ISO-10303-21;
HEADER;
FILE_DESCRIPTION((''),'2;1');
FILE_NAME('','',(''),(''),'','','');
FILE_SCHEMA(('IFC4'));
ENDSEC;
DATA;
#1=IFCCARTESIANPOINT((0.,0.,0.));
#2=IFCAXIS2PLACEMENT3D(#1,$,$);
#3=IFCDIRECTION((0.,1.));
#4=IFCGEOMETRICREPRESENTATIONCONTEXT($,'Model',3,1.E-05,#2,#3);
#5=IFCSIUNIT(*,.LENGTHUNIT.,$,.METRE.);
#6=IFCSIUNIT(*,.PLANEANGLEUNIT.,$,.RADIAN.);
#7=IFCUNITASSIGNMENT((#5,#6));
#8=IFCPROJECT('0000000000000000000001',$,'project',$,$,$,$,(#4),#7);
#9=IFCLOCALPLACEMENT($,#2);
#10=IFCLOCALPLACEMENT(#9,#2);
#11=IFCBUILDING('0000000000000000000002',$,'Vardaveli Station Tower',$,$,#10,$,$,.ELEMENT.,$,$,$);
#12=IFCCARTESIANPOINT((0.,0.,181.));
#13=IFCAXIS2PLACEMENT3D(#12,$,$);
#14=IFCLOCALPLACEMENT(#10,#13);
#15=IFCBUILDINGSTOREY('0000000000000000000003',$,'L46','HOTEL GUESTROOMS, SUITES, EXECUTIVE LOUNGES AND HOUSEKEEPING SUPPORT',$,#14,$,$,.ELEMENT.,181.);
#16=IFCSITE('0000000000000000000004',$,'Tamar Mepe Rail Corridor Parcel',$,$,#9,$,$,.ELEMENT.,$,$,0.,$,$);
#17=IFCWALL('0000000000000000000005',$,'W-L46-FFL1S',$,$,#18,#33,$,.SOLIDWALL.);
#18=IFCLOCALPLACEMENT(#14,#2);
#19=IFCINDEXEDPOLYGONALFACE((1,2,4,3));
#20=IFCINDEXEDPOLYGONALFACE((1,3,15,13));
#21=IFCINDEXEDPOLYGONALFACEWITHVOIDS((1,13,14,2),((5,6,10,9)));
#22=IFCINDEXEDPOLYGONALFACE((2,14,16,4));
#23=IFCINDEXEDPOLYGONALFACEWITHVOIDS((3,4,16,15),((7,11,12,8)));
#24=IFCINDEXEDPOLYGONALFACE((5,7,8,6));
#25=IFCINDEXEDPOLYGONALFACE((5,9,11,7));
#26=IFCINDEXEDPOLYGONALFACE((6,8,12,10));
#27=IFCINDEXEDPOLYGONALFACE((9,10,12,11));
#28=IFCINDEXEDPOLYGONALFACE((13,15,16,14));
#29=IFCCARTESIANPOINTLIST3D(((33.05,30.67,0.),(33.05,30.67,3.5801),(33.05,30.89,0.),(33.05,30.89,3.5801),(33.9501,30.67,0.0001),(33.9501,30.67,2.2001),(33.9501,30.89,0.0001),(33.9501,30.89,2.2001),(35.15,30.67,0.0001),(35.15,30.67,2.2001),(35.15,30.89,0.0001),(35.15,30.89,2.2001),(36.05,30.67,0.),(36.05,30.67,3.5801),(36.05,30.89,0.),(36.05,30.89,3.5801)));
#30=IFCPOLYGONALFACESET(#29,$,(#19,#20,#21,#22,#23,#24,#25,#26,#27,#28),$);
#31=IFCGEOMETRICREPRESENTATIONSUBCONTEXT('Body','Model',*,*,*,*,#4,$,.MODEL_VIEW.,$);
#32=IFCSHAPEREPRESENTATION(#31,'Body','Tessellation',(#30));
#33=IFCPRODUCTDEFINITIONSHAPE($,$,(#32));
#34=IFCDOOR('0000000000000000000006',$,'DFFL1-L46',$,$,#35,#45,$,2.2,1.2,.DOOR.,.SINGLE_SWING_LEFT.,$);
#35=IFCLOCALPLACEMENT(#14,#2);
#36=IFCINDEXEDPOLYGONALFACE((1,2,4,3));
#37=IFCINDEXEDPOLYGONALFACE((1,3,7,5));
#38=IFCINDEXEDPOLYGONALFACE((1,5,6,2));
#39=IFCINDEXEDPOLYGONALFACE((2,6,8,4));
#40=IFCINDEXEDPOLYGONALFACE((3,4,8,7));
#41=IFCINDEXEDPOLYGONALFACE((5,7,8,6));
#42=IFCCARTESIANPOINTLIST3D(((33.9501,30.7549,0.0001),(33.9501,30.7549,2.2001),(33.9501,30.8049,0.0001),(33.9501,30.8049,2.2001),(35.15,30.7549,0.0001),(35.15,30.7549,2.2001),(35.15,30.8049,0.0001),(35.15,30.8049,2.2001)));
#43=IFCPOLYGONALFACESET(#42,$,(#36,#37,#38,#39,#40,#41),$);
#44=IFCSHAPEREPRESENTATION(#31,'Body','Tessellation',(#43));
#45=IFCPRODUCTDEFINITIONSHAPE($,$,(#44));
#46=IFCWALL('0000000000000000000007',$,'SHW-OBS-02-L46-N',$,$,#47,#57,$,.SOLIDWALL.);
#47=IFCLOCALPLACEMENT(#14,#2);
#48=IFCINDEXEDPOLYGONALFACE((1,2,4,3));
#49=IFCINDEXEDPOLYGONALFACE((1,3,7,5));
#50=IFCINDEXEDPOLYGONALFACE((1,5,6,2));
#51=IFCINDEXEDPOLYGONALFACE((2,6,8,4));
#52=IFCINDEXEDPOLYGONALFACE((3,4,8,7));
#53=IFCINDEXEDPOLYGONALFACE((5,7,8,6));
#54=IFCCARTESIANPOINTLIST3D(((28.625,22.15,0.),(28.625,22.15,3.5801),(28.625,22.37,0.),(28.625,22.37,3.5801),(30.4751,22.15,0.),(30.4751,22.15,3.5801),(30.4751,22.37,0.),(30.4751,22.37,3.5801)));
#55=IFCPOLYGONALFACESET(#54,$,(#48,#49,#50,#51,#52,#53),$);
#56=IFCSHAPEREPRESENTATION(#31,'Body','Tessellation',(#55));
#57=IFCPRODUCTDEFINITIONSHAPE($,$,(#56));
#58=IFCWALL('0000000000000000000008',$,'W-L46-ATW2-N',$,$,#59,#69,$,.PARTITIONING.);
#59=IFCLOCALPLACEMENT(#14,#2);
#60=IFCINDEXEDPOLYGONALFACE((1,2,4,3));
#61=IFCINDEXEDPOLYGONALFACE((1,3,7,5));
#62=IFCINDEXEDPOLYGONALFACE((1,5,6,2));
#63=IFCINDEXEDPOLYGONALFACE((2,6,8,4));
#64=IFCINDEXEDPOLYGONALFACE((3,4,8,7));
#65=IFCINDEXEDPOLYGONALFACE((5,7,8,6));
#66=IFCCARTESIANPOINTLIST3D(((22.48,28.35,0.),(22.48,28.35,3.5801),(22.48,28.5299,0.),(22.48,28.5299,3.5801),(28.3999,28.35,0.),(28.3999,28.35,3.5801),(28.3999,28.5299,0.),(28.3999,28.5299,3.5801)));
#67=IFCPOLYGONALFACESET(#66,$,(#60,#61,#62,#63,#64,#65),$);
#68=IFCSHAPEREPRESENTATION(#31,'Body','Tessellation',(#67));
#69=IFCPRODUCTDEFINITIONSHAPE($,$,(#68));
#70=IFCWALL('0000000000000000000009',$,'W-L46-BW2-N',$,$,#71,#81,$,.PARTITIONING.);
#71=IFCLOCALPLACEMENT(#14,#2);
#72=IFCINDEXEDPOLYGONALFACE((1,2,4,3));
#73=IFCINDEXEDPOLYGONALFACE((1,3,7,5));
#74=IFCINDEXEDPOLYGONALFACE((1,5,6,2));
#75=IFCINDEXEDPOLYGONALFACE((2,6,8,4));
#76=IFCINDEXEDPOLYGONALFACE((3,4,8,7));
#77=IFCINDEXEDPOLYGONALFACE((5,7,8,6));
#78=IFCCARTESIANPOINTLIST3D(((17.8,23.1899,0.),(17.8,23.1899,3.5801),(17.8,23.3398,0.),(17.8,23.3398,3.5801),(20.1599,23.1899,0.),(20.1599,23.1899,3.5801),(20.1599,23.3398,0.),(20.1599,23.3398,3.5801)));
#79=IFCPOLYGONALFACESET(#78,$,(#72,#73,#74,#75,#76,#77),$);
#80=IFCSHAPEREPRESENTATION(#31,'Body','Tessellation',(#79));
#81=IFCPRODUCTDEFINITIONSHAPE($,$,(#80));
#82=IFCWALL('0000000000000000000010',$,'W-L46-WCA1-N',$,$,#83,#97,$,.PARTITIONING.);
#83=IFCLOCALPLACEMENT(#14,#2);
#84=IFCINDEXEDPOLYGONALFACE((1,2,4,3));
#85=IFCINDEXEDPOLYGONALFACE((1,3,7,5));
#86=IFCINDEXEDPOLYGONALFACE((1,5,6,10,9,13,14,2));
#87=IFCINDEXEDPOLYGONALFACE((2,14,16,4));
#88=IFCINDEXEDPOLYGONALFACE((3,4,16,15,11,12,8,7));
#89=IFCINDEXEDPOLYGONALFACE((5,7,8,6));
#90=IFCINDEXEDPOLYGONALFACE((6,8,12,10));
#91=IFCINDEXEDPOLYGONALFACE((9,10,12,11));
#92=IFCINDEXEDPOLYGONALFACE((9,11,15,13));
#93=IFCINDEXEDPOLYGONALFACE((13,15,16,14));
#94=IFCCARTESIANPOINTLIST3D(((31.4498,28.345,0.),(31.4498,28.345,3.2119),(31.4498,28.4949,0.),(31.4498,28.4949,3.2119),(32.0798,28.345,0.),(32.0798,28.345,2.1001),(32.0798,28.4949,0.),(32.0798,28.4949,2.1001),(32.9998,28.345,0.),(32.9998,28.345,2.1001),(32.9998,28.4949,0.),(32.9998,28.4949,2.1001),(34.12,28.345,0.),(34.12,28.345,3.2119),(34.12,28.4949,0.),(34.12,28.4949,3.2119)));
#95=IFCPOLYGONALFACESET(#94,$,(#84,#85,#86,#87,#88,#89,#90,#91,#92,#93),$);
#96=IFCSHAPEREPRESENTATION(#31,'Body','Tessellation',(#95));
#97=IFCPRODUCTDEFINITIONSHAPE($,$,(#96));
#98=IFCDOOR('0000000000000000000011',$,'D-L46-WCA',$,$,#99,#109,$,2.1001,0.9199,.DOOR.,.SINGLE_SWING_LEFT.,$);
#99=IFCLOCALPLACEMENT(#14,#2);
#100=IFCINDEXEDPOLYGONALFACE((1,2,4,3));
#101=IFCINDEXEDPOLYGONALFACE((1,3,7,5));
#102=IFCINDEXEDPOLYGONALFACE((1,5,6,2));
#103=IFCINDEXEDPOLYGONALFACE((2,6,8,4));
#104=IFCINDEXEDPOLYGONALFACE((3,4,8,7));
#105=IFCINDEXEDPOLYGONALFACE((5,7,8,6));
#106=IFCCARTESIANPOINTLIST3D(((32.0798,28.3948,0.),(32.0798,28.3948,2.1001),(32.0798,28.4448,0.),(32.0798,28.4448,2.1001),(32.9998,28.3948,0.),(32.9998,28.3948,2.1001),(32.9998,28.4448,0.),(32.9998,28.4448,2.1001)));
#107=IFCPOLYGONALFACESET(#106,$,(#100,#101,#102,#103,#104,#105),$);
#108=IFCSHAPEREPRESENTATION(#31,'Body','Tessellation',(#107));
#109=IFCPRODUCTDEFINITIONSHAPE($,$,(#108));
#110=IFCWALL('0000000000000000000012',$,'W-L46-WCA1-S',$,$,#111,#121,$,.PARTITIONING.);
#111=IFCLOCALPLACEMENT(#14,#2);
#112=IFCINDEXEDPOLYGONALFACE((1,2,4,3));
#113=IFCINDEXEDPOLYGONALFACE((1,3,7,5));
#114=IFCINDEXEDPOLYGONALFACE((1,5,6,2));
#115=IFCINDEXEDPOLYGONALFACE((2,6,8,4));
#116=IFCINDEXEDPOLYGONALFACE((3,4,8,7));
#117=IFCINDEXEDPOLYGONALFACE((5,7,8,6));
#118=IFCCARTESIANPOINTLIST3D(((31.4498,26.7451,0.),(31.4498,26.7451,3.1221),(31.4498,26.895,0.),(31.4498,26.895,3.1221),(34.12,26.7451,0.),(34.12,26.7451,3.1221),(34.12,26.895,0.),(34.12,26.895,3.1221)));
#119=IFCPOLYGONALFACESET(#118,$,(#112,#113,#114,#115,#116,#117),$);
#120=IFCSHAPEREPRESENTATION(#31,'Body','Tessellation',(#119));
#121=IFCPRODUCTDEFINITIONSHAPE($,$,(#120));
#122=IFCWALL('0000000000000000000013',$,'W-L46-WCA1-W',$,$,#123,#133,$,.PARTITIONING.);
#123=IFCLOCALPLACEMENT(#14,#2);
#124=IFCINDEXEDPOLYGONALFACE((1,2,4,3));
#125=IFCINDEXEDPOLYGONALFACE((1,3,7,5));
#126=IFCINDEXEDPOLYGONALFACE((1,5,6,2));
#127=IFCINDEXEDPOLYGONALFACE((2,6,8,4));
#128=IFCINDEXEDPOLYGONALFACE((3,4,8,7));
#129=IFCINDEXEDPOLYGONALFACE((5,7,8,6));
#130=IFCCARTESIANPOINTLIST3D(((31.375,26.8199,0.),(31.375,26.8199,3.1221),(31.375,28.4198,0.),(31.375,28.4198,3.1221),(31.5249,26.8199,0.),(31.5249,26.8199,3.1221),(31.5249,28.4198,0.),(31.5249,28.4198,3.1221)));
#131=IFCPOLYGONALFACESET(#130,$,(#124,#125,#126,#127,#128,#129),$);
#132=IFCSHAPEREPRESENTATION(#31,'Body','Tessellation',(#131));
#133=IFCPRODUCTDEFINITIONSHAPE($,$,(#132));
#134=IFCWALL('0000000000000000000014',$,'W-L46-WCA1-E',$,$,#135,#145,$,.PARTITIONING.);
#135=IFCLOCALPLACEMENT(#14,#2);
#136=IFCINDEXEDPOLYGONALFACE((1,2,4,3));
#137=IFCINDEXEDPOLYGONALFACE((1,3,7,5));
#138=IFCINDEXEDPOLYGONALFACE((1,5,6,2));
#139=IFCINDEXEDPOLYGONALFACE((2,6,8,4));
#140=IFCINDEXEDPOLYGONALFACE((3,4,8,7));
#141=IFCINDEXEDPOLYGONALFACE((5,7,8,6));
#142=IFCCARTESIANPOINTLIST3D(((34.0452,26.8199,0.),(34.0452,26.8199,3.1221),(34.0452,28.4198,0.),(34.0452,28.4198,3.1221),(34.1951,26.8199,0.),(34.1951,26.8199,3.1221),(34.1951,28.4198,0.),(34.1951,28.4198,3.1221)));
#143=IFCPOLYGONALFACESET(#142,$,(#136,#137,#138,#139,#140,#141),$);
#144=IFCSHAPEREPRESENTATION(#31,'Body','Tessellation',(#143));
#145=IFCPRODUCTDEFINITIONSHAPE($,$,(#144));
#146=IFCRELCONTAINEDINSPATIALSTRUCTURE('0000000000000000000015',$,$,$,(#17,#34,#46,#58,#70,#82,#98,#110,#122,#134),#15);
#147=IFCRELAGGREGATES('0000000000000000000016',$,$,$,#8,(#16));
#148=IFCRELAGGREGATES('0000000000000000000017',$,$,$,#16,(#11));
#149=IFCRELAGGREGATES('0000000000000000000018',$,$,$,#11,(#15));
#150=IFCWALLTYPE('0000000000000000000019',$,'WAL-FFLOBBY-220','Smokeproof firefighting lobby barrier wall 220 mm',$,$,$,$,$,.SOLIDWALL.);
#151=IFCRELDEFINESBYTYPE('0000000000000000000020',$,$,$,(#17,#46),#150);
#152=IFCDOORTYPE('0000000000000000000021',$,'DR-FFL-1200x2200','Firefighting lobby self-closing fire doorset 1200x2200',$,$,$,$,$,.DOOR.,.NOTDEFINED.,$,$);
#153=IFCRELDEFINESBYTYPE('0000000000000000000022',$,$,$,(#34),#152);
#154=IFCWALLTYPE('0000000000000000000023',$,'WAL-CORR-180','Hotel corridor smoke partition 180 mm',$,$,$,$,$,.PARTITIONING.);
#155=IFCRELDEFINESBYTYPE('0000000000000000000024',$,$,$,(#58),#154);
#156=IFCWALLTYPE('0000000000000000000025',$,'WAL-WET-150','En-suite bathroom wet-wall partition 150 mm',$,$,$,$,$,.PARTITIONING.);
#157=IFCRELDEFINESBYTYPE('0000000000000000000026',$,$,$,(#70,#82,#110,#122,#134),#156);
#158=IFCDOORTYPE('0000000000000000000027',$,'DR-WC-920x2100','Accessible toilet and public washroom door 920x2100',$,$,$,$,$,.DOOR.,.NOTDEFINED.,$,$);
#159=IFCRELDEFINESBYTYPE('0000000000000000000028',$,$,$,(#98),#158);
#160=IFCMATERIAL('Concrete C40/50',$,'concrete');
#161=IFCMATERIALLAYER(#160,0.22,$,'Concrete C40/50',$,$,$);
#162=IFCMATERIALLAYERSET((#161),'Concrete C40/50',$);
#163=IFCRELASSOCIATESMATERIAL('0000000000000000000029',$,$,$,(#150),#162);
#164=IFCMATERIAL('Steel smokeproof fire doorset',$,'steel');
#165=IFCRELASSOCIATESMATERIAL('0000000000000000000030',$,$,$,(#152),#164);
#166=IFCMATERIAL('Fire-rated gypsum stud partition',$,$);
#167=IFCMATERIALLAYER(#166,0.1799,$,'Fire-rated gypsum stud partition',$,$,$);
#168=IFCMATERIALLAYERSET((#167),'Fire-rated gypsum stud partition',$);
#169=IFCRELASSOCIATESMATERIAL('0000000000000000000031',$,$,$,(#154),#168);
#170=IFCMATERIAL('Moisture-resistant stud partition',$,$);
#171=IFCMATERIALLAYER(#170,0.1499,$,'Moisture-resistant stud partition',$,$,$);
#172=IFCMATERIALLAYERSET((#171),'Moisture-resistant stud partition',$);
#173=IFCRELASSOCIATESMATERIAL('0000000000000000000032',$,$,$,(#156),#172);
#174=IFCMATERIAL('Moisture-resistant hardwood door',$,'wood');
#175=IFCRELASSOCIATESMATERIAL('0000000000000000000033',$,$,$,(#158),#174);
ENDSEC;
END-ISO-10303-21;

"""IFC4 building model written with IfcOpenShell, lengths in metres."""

from ifc_helpers import new_model, si_unit, direction, frame, frame_2d, origin, place, context, subcontext, project, spatial, rectangle, extrude, source, transform, mapped, material, layer, layer_set, type_object, element, fill, save


model = new_model("IFC4")

# Units and contexts
model_context = context("Model", 3, precision=1e-05, world=origin(), true_north=direction((0.0, 1.0)))
body_context = subcontext(model_context, "Body", "Model", "MODEL_VIEW")
ifc_project = project(units=[si_unit("LENGTHUNIT", "METRE"), si_unit("PLANEANGLEUNIT", "RADIAN")], contexts=[model_context])

# Site, building, storey
site_placement = place(None, origin())
site = spatial("IfcSite", under=ifc_project, at=site_placement, Name="Tamar Mepe Rail Corridor Parcel", CompositionType="ELEMENT", RefElevation=0.0)
building_placement = place(site_placement, origin())
building = spatial("IfcBuilding", under=site, at=building_placement, Name="Vardaveli Station Tower", CompositionType="ELEMENT")
storey_placement = place(building_placement, frame((0.0, 0.0, 181.0)))
storey = spatial("IfcBuildingStorey", under=building, at=storey_placement, Name="L46", Description="HOTEL GUESTROOMS, SUITES, EXECUTIVE LOUNGES AND HOUSEKEEPING SUPPORT", CompositionType="ELEMENT", Elevation=181.0)

# Shared definitions
ifc_material_1 = material(Name="Concrete C40/50", Category="concrete")

# Wall, opening, door
ifc_material_2 = material(Name="Steel smokeproof fire doorset", Category="steel")
ifc_layer_1 = layer(ifc_material_1, 0.22, Name="Concrete C40/50")
ifc_layer_set_1 = layer_set([ifc_layer_1], Name="Concrete C40/50")
wall_type_1 = type_object("IfcWallType", Name="WAL-FFLOBBY-220", Description="Smokeproof firefighting lobby barrier wall 220 mm", PredefinedType="SOLIDWALL", material=ifc_layer_set_1)
shared_shape_1 = source(origin(), body_context, "Body", "SweptSolid", [
    extrude(rectangle(XDim=3.0, YDim=0.22, at=frame_2d((1.5, 0.0))), origin(), (0.0, 0.0, 1.0), 3.5801),
])
wall_1_placement = place(storey_placement, frame((33.05, 30.78, 0.0), z_axis=(0.0, 0.0, 1.0), x_axis=(1.0, 0.0, 0.0)))
wall_1 = element("IfcWall", 1, at=wall_1_placement, inside=storey, type_object=wall_type_1, Name="W-L46-FFL1S", PredefinedType="SOLIDWALL", context=body_context, shape_type="MappedRepresentation", body=[
    mapped(shared_shape_1, transform((0.0, 0.0, 0.0), scale=1.0)),
])
shared_shape_2 = source(origin(), body_context, "Body", "SweptSolid", [
    extrude(rectangle(XDim=1.2, YDim=2.2, at=frame_2d((0.6001, 1.1001))), frame((0.0, 0.1201, 0.0), z_axis=(0.0, -1.0, 0.0), x_axis=(1.0, 0.0, 0.0)), (0.0, 0.0, 1.0), 0.24),
])
opening_1_placement = place(wall_1_placement, frame((0.8999, 0.0, 0.0)))
opening_1 = element("IfcOpeningElement", 2, at=opening_1_placement, cuts=wall_1, PredefinedType="OPENING", context=body_context, shape_type="MappedRepresentation", body=[
    mapped(shared_shape_2, transform((0.0, 0.0, 0.0), scale=1.0)),
])
door_type_1 = type_object("IfcDoorType", Name="DR-FFL-1200x2200", Description="Firefighting lobby self-closing fire doorset 1200x2200", OperationType="NOTDEFINED", PredefinedType="DOOR", material=ifc_material_2)
shared_shape_3 = source(origin(), body_context, "Body", "SweptSolid", [
    extrude(rectangle(XDim=1.2, YDim=2.2, at=frame_2d((0.6001, 1.1001))), frame((0.0, 0.0249, 0.0), z_axis=(0.0, -1.0, 0.0), x_axis=(1.0, 0.0, 0.0)), (0.0, 0.0, 1.0), 0.05),
])
door_1_placement = place(opening_1_placement, origin())
door_1 = element("IfcDoor", 3, at=door_1_placement, inside=storey, type_object=door_type_1, Name="DFFL1-L46", OperationType="SINGLE_SWING_LEFT", OverallHeight=2.2, OverallWidth=1.2, PredefinedType="DOOR", context=body_context, shape_type="MappedRepresentation", body=[
    mapped(shared_shape_3, transform((0.0, 0.0, 0.0), scale=1.0)),
])
fill(opening_1, door_1)

# Walls
shared_shape_4 = source(origin(), body_context, "Body", "SweptSolid", [
    extrude(rectangle(XDim=1.8501, YDim=0.22, at=frame_2d((0.925, 0.0))), origin(), (0.0, 0.0, 1.0), 3.5801),
])
wall_2_placement = place(storey_placement, frame((28.625, 22.26, 0.0), z_axis=(0.0, 0.0, 1.0), x_axis=(1.0, 0.0, 0.0)))
element("IfcWall", 4, at=wall_2_placement, inside=storey, type_object=wall_type_1, Name="SHW-OBS-02-L46-N", PredefinedType="SOLIDWALL", context=body_context, shape_type="MappedRepresentation", body=[
    mapped(shared_shape_4, transform((0.0, 0.0, 0.0), scale=1.0)),
])
ifc_material_3 = material(Name="Fire-rated gypsum stud partition")
ifc_layer_2 = layer(ifc_material_3, 0.1799, Name="Fire-rated gypsum stud partition")
ifc_layer_set_2 = layer_set([ifc_layer_2], Name="Fire-rated gypsum stud partition")
wall_type_2 = type_object("IfcWallType", Name="WAL-CORR-180", Description="Hotel corridor smoke partition 180 mm", PredefinedType="PARTITIONING", material=ifc_layer_set_2)
shared_shape_5 = source(origin(), body_context, "Body", "SweptSolid", [
    extrude(rectangle(XDim=5.9199, YDim=0.1799, at=frame_2d((2.96, 0.0))), origin(), (0.0, 0.0, 1.0), 3.5801),
])
wall_3_placement = place(storey_placement, frame((22.48, 28.4399, 0.0), z_axis=(0.0, 0.0, 1.0), x_axis=(1.0, 0.0, 0.0)))
element("IfcWall", 5, at=wall_3_placement, inside=storey, type_object=wall_type_2, Name="W-L46-ATW2-N", PredefinedType="PARTITIONING", context=body_context, shape_type="MappedRepresentation", body=[
    mapped(shared_shape_5, transform((0.0, 0.0, 0.0), scale=1.0)),
])
ifc_material_4 = material(Name="Moisture-resistant stud partition")
ifc_layer_3 = layer(ifc_material_4, 0.1499, Name="Moisture-resistant stud partition")
ifc_layer_set_3 = layer_set([ifc_layer_3], Name="Moisture-resistant stud partition")
wall_type_3 = type_object("IfcWallType", Name="WAL-WET-150", Description="En-suite bathroom wet-wall partition 150 mm", PredefinedType="PARTITIONING", material=ifc_layer_set_3)
shared_shape_6 = source(origin(), body_context, "Body", "SweptSolid", [
    extrude(rectangle(XDim=2.3599, YDim=0.1499, at=frame_2d((1.1799, 0.0))), origin(), (0.0, 0.0, 1.0), 3.5801),
])
wall_4_placement = place(storey_placement, frame((17.8, 23.2649, 0.0), z_axis=(0.0, 0.0, 1.0), x_axis=(1.0, 0.0, 0.0)))
element("IfcWall", 6, at=wall_4_placement, inside=storey, type_object=wall_type_3, Name="W-L46-BW2-N", PredefinedType="PARTITIONING", context=body_context, shape_type="MappedRepresentation", body=[
    mapped(shared_shape_6, transform((0.0, 0.0, 0.0), scale=1.0)),
])

# Wall, opening, door
shared_shape_7 = source(origin(), body_context, "Body", "SweptSolid", [
    extrude(rectangle(XDim=2.6702, YDim=0.1499, at=frame_2d((1.335, 0.0))), origin(), (0.0, 0.0, 1.0), 3.2119),
])
wall_5_placement = place(storey_placement, frame((31.45, 28.4199, 0.0), z_axis=(0.0, 0.0, 1.0), x_axis=(1.0, 0.0, 0.0)))
wall_5 = element("IfcWall", 7, at=wall_5_placement, inside=storey, type_object=wall_type_3, Name="W-L46-WCA1-N", PredefinedType="PARTITIONING", context=body_context, shape_type="MappedRepresentation", body=[
    mapped(shared_shape_7, transform((0.0, 0.0, 0.0), scale=1.0)),
])
shared_shape_8 = source(origin(), body_context, "Body", "SweptSolid", [
    extrude(rectangle(XDim=0.9199, YDim=2.1001, at=frame_2d((0.46, 1.05))), frame((0.0, 0.085, 0.0), z_axis=(0.0, -1.0, 0.0), x_axis=(1.0, 0.0, 0.0)), (0.0, 0.0, 1.0), 0.1699),
])
opening_2_placement = place(wall_5_placement, frame((0.6299, 0.0, 0.0)))
opening_2 = element("IfcOpeningElement", 8, at=opening_2_placement, cuts=wall_5, PredefinedType="OPENING", context=body_context, shape_type="MappedRepresentation", body=[
    mapped(shared_shape_8, transform((0.0, 0.0, 0.0), scale=1.0)),
])
ifc_material_5 = material(Name="Moisture-resistant hardwood door", Category="wood")
door_type_2 = type_object("IfcDoorType", Name="DR-WC-920x2100", Description="Accessible toilet and public washroom door 920x2100", OperationType="NOTDEFINED", PredefinedType="DOOR", material=ifc_material_5)
shared_shape_9 = source(origin(), body_context, "Body", "SweptSolid", [
    extrude(rectangle(XDim=0.9199, YDim=2.1001, at=frame_2d((0.46, 1.05))), frame((0.0, 0.0249, 0.0), z_axis=(0.0, -1.0, 0.0), x_axis=(1.0, 0.0, 0.0)), (0.0, 0.0, 1.0), 0.05),
])
door_2_placement = place(opening_2_placement, origin())
door_2 = element("IfcDoor", 9, at=door_2_placement, inside=storey, type_object=door_type_2, Name="D-L46-WCA", OperationType="SINGLE_SWING_LEFT", OverallHeight=2.1001, OverallWidth=0.9199, PredefinedType="DOOR", context=body_context, shape_type="MappedRepresentation", body=[
    mapped(shared_shape_9, transform((0.0, 0.0, 0.0), scale=1.0)),
])
fill(opening_2, door_2)

# Walls
shared_shape_10 = source(origin(), body_context, "Body", "SweptSolid", [
    extrude(rectangle(XDim=2.6702, YDim=0.1499, at=frame_2d((1.335, 0.0))), origin(), (0.0, 0.0, 1.0), 3.1221),
])
wall_6_placement = place(storey_placement, frame((31.45, 26.8201, 0.0), z_axis=(0.0, 0.0, 1.0), x_axis=(1.0, 0.0, 0.0)))
element("IfcWall", 10, at=wall_6_placement, inside=storey, type_object=wall_type_3, Name="W-L46-WCA1-S", PredefinedType="PARTITIONING", context=body_context, shape_type="MappedRepresentation", body=[
    mapped(shared_shape_10, transform((0.0, 0.0, 0.0), scale=1.0)),
])
shared_shape_11 = source(origin(), body_context, "Body", "SweptSolid", [
    extrude(rectangle(XDim=1.5999, YDim=0.1499, at=frame_2d((0.7998, 0.0))), origin(), (0.0, 0.0, 1.0), 3.1221),
])
for number, where, z_axis, x_axis, name in (
    (11, (31.45, 26.8201, 0.0), (0.0, 0.0, 1.0), (0.0, 1.0, 0.0), "W-L46-WCA1-W"),
    (12, (34.1201, 26.8201, 0.0), (0.0, 0.0, 1.0), (0.0, 1.0, 0.0), "W-L46-WCA1-E"),
):
    element("IfcWall", number, at=place(storey_placement, frame(where, z_axis=z_axis, x_axis=x_axis)), inside=storey, type_object=wall_type_3, Name=name, PredefinedType="PARTITIONING", context=body_context, shape_type="MappedRepresentation", body=[
        mapped(shared_shape_11, transform((0.0, 0.0, 0.0), scale=1.0)),
    ])

save(model, "model.ifc")
